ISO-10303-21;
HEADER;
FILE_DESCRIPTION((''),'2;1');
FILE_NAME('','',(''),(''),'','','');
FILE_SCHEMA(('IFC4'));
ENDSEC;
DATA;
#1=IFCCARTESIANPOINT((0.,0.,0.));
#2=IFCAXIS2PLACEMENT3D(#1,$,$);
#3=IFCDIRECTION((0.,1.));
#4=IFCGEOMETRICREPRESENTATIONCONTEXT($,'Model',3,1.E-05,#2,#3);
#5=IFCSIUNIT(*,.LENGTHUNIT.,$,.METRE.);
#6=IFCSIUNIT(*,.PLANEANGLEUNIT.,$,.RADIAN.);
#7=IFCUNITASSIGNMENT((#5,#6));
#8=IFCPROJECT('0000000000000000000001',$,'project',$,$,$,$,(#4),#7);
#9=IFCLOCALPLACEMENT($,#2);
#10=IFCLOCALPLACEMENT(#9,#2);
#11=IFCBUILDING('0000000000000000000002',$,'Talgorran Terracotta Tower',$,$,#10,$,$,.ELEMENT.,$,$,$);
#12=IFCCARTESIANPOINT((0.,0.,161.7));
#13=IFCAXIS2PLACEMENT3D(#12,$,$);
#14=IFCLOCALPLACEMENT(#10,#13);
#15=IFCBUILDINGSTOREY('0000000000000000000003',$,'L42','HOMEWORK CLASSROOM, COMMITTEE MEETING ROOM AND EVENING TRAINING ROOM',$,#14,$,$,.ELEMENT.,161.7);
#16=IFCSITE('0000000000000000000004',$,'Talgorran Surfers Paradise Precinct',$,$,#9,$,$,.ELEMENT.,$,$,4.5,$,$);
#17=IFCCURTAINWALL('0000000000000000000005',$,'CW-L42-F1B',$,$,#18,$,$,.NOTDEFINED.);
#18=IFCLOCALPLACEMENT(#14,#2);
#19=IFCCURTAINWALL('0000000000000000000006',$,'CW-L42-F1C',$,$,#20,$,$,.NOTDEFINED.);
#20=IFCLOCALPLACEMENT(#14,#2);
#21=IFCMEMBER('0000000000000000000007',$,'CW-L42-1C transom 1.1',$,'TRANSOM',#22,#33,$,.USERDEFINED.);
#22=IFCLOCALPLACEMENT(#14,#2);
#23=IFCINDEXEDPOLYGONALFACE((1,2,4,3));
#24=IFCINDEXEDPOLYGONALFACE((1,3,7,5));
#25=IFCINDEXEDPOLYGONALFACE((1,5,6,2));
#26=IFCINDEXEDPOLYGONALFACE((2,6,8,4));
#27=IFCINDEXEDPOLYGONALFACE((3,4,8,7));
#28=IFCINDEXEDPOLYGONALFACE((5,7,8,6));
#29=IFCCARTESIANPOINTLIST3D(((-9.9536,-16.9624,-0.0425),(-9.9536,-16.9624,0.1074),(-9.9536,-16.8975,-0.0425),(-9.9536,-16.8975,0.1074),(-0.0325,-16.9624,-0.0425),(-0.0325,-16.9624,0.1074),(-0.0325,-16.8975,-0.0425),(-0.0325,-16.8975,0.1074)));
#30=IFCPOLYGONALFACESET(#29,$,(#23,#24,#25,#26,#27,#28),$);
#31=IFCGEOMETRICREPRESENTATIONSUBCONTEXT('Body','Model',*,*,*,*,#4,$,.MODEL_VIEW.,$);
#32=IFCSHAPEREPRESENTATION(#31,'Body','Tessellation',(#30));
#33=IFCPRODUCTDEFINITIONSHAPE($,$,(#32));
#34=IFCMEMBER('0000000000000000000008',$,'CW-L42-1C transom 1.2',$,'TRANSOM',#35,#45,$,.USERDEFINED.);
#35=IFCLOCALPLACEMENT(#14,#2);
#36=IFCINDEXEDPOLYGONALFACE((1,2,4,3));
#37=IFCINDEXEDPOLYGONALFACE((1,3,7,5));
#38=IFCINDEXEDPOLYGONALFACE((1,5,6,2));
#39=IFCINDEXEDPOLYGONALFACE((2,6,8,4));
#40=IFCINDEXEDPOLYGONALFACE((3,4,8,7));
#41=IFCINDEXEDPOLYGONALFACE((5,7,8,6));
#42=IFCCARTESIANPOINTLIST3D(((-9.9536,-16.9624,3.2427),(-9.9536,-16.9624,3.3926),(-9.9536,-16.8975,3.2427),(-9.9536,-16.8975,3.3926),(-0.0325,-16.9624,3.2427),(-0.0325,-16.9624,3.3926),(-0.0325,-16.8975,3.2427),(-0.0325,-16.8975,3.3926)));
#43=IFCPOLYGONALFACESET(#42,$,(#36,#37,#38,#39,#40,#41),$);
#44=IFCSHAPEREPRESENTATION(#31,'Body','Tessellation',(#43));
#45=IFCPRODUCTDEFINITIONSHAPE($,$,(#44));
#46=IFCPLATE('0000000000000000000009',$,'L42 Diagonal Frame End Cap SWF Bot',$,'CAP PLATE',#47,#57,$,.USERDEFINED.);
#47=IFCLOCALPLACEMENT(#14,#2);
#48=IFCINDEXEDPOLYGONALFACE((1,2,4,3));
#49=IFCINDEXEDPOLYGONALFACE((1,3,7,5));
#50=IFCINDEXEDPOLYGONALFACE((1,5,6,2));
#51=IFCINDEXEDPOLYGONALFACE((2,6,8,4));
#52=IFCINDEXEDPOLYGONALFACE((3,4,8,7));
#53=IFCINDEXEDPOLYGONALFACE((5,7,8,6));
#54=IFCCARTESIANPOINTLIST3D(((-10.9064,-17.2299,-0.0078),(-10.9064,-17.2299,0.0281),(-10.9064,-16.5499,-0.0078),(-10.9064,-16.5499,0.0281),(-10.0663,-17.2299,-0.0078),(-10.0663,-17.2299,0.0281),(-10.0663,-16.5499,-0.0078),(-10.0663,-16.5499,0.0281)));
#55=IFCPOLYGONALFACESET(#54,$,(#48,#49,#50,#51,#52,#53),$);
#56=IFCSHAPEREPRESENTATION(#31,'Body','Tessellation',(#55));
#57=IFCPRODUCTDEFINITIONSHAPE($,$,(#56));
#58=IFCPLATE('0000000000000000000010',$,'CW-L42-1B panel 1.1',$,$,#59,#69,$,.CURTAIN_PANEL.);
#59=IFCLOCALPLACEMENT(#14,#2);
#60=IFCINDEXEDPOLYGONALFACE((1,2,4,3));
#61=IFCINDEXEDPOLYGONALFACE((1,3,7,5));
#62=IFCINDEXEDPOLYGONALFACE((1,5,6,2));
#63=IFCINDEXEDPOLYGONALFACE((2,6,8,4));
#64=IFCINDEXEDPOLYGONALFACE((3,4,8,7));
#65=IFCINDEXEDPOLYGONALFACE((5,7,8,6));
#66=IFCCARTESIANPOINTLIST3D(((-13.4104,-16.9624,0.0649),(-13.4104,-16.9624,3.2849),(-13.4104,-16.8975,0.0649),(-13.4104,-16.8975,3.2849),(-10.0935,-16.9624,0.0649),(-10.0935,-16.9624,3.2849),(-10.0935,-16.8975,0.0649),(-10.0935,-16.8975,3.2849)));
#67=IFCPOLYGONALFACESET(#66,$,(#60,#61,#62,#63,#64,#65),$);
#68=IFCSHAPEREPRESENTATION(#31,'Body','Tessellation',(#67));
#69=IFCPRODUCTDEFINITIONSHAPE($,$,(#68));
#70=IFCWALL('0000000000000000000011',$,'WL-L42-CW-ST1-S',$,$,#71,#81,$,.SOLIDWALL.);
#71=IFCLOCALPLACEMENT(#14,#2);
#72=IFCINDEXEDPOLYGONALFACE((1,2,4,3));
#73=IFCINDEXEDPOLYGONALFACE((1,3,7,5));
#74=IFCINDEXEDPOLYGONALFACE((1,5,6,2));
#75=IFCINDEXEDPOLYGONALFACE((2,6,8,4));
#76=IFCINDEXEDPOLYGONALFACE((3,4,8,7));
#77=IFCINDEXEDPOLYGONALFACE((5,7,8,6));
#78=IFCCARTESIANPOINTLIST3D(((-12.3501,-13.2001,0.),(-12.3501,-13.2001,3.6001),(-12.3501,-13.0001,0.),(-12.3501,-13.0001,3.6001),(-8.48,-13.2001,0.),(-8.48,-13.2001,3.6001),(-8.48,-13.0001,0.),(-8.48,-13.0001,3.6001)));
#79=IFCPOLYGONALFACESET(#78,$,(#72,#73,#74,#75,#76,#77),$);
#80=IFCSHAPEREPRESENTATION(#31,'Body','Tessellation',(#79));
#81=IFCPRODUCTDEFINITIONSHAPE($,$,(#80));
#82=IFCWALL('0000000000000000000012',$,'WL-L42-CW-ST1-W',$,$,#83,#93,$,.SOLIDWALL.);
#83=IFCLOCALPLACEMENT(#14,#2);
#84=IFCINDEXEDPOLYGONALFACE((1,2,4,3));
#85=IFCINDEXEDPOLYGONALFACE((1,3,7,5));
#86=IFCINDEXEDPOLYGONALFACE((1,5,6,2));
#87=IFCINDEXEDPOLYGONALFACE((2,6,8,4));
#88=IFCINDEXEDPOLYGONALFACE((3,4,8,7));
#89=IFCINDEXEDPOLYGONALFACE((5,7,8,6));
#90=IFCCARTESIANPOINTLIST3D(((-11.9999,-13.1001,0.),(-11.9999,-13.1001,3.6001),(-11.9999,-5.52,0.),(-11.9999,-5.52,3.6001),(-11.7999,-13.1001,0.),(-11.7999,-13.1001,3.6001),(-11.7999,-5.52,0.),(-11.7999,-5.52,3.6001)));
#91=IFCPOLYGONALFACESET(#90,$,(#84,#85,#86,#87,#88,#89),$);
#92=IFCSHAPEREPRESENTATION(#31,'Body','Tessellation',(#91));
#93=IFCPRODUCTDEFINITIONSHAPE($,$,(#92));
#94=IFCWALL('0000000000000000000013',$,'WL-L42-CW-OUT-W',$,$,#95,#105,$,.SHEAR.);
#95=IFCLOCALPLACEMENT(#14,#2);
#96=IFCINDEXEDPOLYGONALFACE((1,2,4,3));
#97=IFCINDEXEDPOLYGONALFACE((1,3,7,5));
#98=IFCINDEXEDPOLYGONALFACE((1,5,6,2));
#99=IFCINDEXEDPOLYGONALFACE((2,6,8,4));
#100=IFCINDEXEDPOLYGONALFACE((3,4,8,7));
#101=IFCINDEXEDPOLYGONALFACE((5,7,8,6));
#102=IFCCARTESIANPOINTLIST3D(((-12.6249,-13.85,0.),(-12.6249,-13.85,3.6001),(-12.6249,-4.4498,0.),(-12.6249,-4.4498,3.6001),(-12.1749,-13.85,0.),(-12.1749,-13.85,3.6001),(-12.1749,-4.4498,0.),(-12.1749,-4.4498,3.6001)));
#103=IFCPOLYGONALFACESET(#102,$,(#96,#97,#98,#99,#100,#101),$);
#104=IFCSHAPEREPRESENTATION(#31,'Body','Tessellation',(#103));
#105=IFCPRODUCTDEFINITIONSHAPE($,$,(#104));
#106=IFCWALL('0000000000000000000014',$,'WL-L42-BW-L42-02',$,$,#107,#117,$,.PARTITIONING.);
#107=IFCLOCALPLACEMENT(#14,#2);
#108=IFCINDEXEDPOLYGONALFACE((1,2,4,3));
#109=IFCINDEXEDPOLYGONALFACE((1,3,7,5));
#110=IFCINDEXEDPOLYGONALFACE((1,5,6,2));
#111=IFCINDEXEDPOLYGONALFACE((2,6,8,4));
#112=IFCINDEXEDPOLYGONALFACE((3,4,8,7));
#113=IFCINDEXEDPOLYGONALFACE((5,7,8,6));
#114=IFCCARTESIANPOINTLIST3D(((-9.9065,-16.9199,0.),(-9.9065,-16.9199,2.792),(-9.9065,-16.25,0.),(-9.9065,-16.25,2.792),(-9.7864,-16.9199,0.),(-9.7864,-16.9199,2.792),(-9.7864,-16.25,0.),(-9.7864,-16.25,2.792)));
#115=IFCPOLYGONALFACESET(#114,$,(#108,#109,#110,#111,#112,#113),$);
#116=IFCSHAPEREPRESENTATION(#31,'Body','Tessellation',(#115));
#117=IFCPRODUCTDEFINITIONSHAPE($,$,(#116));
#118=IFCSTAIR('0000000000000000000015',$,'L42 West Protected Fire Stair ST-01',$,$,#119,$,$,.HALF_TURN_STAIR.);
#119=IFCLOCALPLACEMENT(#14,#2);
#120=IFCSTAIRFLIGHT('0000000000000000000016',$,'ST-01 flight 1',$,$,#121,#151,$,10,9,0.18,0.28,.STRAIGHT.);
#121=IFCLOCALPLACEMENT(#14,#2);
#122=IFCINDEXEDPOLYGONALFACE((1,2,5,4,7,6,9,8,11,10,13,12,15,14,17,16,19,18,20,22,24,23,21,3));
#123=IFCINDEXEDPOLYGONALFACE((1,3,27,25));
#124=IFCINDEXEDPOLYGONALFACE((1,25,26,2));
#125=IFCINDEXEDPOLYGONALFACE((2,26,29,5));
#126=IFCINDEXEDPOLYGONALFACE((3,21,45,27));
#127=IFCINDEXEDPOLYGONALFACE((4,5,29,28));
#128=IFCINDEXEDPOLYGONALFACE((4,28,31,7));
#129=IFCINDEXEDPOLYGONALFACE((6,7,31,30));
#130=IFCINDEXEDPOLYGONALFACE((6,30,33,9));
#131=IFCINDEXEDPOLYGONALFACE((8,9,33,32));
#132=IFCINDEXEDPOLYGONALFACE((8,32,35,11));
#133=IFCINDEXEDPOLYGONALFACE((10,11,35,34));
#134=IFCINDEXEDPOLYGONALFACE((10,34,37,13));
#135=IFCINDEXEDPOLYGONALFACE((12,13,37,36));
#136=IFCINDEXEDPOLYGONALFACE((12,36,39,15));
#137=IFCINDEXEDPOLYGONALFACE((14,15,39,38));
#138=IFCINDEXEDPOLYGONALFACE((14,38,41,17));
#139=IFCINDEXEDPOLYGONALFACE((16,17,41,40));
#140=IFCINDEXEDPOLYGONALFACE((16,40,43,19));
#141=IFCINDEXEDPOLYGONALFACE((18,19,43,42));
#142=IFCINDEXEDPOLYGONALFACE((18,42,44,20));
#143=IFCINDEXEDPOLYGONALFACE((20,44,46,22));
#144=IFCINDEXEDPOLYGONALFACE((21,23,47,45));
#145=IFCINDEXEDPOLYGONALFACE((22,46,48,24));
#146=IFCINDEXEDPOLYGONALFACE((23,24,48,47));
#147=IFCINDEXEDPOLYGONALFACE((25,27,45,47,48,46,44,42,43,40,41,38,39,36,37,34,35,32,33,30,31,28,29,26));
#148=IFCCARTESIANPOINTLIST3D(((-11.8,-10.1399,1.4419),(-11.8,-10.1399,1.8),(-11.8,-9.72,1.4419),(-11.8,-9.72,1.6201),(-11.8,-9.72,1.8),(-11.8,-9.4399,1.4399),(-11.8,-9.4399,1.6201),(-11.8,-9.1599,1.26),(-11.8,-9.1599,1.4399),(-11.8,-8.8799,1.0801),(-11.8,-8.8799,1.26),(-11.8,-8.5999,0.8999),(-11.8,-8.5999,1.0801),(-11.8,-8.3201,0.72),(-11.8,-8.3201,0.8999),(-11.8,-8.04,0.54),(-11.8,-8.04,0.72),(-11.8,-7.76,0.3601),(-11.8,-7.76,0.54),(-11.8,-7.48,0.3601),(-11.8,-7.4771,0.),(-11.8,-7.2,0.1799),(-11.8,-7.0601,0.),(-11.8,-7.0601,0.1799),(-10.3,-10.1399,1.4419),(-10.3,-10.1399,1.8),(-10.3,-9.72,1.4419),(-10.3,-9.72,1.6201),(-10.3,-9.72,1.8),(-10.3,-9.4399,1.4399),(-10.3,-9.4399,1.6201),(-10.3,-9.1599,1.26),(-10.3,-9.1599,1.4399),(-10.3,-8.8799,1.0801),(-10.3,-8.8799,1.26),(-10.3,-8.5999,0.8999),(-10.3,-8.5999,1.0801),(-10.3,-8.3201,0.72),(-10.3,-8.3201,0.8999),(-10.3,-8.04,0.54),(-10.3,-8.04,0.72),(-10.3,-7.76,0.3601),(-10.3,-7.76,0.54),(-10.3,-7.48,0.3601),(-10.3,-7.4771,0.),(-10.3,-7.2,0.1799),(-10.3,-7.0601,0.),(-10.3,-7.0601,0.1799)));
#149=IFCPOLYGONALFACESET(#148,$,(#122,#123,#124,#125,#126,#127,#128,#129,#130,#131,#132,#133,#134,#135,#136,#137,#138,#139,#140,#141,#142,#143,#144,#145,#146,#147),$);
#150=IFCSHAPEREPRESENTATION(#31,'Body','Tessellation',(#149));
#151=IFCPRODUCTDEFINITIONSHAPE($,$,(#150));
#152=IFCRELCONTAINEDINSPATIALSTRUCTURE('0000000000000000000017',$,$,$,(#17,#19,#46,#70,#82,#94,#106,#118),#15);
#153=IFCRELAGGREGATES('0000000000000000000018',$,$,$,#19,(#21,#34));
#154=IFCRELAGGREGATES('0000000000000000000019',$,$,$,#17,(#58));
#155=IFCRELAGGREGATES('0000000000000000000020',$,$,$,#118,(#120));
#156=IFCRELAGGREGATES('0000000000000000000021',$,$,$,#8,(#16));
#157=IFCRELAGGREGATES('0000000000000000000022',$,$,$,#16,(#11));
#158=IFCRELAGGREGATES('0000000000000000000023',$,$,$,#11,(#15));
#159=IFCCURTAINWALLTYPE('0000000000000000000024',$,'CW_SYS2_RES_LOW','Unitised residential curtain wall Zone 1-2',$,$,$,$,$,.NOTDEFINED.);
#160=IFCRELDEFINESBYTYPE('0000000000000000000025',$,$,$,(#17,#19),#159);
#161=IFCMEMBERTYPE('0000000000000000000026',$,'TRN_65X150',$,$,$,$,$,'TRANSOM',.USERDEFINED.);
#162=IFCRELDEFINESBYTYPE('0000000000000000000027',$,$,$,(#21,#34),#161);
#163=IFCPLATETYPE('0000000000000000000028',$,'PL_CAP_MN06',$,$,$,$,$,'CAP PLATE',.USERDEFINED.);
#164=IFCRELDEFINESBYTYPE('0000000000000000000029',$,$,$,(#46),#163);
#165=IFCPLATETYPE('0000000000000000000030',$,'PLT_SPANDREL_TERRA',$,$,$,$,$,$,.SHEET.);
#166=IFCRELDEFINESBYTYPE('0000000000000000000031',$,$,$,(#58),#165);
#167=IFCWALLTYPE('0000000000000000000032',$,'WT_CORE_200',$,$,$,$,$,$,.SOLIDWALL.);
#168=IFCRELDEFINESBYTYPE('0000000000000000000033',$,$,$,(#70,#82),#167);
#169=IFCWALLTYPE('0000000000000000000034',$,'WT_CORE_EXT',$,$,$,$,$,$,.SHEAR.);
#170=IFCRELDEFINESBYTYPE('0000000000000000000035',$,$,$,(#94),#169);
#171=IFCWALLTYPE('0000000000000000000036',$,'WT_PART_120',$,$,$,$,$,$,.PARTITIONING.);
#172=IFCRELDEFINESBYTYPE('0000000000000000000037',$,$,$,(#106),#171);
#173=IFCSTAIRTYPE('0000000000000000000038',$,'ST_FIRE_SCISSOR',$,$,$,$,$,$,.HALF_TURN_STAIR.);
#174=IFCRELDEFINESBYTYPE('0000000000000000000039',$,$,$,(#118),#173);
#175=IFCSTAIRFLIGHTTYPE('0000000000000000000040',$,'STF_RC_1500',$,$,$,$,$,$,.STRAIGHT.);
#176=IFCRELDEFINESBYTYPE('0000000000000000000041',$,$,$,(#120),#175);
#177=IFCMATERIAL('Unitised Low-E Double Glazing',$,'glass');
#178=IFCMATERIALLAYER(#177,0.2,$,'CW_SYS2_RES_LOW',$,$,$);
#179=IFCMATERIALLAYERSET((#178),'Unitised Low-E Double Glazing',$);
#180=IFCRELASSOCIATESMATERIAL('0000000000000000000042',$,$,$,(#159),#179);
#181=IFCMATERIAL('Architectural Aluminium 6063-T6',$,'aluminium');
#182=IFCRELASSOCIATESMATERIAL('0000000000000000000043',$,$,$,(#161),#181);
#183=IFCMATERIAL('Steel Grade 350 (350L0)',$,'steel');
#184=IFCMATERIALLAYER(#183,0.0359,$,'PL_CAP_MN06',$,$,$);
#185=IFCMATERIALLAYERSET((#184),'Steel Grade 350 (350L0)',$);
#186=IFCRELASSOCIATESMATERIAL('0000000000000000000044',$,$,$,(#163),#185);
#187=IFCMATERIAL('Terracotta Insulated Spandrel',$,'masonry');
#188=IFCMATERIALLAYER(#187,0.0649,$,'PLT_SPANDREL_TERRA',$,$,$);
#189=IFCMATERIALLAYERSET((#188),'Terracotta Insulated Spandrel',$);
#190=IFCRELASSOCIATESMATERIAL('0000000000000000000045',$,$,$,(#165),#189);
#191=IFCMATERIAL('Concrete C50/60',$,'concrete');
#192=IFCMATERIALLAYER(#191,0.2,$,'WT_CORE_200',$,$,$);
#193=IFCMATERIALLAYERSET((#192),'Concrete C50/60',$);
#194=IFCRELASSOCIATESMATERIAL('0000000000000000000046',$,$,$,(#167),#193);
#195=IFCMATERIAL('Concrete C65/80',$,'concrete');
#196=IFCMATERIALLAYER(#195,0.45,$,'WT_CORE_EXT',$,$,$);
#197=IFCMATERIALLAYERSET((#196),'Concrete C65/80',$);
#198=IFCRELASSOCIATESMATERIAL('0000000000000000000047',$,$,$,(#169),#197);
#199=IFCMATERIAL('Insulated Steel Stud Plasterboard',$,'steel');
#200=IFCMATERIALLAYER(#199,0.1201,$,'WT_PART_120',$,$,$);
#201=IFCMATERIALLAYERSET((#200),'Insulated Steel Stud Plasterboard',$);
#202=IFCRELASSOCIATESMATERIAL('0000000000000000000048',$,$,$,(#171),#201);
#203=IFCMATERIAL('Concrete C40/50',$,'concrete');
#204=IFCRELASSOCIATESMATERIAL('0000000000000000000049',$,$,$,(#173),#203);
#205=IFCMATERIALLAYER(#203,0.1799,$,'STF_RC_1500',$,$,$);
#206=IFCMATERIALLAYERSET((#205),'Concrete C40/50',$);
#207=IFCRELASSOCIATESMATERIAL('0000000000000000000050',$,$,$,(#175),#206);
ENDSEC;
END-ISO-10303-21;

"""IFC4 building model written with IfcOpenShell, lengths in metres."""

from ifc_helpers import new_model, si_unit, direction, frame, frame_2d, origin, origin_2d, place, context, subcontext, project, spatial, polyline, rectangle, outline, extrude, source, transform, mapped, material, layer, layer_set, material_profile, profile_set, type_object, type_shapes, element, aggregate, save


model = new_model("IFC4")

# Units and contexts
model_context = context("Model", 3, precision=1e-05, world=origin(), true_north=direction((0.0, 1.0)))
body_context = subcontext(model_context, "Body", "Model", "MODEL_VIEW")
ifc_project = project(units=[si_unit("LENGTHUNIT", "METRE"), si_unit("PLANEANGLEUNIT", "RADIAN")], contexts=[model_context])

# Site, building, storey
site_placement = place(None, origin())
site = spatial("IfcSite", under=ifc_project, at=site_placement, Name="Talgorran Surfers Paradise Precinct", CompositionType="ELEMENT", RefElevation=4.5)
building_placement = place(site_placement, origin())
building = spatial("IfcBuilding", under=site, at=building_placement, Name="Talgorran Terracotta Tower", CompositionType="ELEMENT")
storey_placement = place(building_placement, frame((0.0, 0.0, 161.7)))
storey = spatial("IfcBuildingStorey", under=building, at=storey_placement, Name="L42", Description="HOMEWORK CLASSROOM, COMMITTEE MEETING ROOM AND EVENING TRAINING ROOM", CompositionType="ELEMENT", Elevation=161.7)

# Shared definitions
ifc_material_1 = material(Name="Steel Grade 350 (350L0)", Category="steel")

# Curtain wall
ifc_material_2 = material(Name="Unitised Low-E Double Glazing", Category="glass")
ifc_layer_1 = layer(ifc_material_2, 0.2, Name="CW_SYS2_RES_LOW")
ifc_layer_set_1 = layer_set([ifc_layer_1], Name="Unitised Low-E Double Glazing")
curtain_wall_type = type_object("IfcCurtainWallType", Name="CW_SYS2_RES_LOW", Description="Unitised residential curtain wall Zone 1-2", PredefinedType="NOTDEFINED", material=ifc_layer_set_1)
curtain_wall_1_placement = place(storey_placement, origin())
curtain_wall_1 = element("IfcCurtainWall", 1, at=curtain_wall_1_placement, inside=storey, type_object=curtain_wall_type, Name="CW-L42-F1B", PredefinedType="NOTDEFINED")
ifc_material_3 = material(Name="Architectural Aluminium 6063-T6", Category="aluminium")

# Curtain wall, members
curtain_wall_2_placement = place(storey_placement, origin())
curtain_wall_2 = element("IfcCurtainWall", 2, at=curtain_wall_2_placement, inside=storey, type_object=curtain_wall_type, Name="CW-L42-F1C", PredefinedType="NOTDEFINED")
ifc_material_profile_1 = material_profile(ifc_material_3, rectangle(XDim=0.0649, YDim=0.1499, at=origin_2d()), Name="CWT65X150")
ifc_profile_set_1 = profile_set([ifc_material_profile_1], Name="Architectural Aluminium 6063-T6")
member_type_1 = type_object("IfcMemberType", Name="TRN_65X150", ElementType="TRANSOM", PredefinedType="USERDEFINED", material=ifc_profile_set_1)
member_1_placement = place(storey_placement, frame((-9.9536, -16.9299, 0.0325), z_axis=(1.0, 0.0, 0.0), x_axis=(0.0, 1.0, 0.0)))
member_1 = element("IfcMember", 3, at=member_1_placement, type_object=member_type_1, Name="CW-L42-1C transom 1.1", ObjectType="TRANSOM", PredefinedType="USERDEFINED", context=body_context, shape_type="SweptSolid", body=[
    extrude(rectangle(XDim=0.0649, YDim=0.1499, at=origin_2d()), origin(), (0.0, 0.0, 1.0), 9.9211),
])
member_2_placement = place(storey_placement, frame((-9.9536, -16.9299, 3.3176), z_axis=(1.0, 0.0, 0.0), x_axis=(0.0, 1.0, 0.0)))
member_2 = element("IfcMember", 4, at=member_2_placement, type_object=member_type_1, Name="CW-L42-1C transom 1.2", ObjectType="TRANSOM", PredefinedType="USERDEFINED", context=body_context, shape_type="SweptSolid", body=[
    extrude(rectangle(XDim=0.0649, YDim=0.1499, at=origin_2d()), origin(), (0.0, 0.0, 1.0), 9.9211),
])
aggregate(curtain_wall_2, [member_1, member_2])

# Plates
ifc_layer_2 = layer(ifc_material_1, 0.0359, Name="PL_CAP_MN06")
ifc_layer_set_2 = layer_set([ifc_layer_2], Name="Steel Grade 350 (350L0)")
plate_type_1 = type_object("IfcPlateType", Name="PL_CAP_MN06", ElementType="CAP PLATE", PredefinedType="USERDEFINED", material=ifc_layer_set_2)
plate_1_placement = place(storey_placement, frame((-10.4863, -16.8899, -0.0078), z_axis=(0.0, 0.0, 1.0), x_axis=(-1.0, 0.0, 0.0)))
element("IfcPlate", 5, at=plate_1_placement, inside=storey, type_object=plate_type_1, Name="L42 Diagonal Frame End Cap SWF Bot", ObjectType="CAP PLATE", PredefinedType="USERDEFINED", context=body_context, shape_type="SweptSolid", body=[
    extrude(rectangle(XDim=0.8401, YDim=0.6799, at=origin_2d()), origin(), (0.0, 0.0, 1.0), 0.0359),
])
ifc_material_4 = material(Name="Terracotta Insulated Spandrel", Category="masonry")
ifc_layer_3 = layer(ifc_material_4, 0.0649, Name="PLT_SPANDREL_TERRA")
ifc_layer_set_3 = layer_set([ifc_layer_3], Name="Terracotta Insulated Spandrel")
plate_type_2 = type_object("IfcPlateType", Name="PLT_SPANDREL_TERRA", PredefinedType="SHEET", material=ifc_layer_set_3)
shared_shape = source(origin(), body_context, "Body", "SweptSolid", [
    extrude(rectangle(XDim=3.3169, YDim=0.0649, at=origin_2d()), origin(), (0.0, 0.0, 1.0), 3.22),
])
type_shapes(plate_type_2, [shared_shape])
plate_2_placement = place(storey_placement, frame((-11.752, -16.9299, 0.0649), z_axis=(0.0, 0.0, 1.0), x_axis=(1.0, 0.0, 0.0)))
plate_2 = element("IfcPlate", 6, at=plate_2_placement, type_object=plate_type_2, Name="CW-L42-1B panel 1.1", PredefinedType="CURTAIN_PANEL", context=body_context, shape_type="MappedRepresentation", body=[
    mapped(shared_shape, transform((0.0, 0.0, 0.0), scale=1.0)),
])
aggregate(curtain_wall_1, [plate_2])

# Walls
ifc_material_5 = material(Name="Concrete C50/60", Category="concrete")
ifc_layer_4 = layer(ifc_material_5, 0.2, Name="WT_CORE_200")
ifc_layer_set_4 = layer_set([ifc_layer_4], Name="Concrete C50/60")
wall_type_1 = type_object("IfcWallType", Name="WT_CORE_200", PredefinedType="SOLIDWALL", material=ifc_layer_set_4)
wall_1_placement = place(storey_placement, frame((-12.3501, -13.1001, 0.0), z_axis=(0.0, 0.0, 1.0), x_axis=(1.0, 0.0, 0.0)))
element("IfcWall", 7, at=wall_1_placement, inside=storey, type_object=wall_type_1, Name="WL-L42-CW-ST1-S", PredefinedType="SOLIDWALL", context=body_context, shape_type="SweptSolid", body=[
    extrude(rectangle(XDim=3.8701, YDim=0.2, at=frame_2d((1.9351, 0.0))), origin(), (0.0, 0.0, 1.0), 3.6001),
])
wall_2_placement = place(storey_placement, frame((-11.8999, -13.1001, 0.0), z_axis=(0.0, 0.0, 1.0), x_axis=(0.0, 1.0, 0.0)))
element("IfcWall", 8, at=wall_2_placement, inside=storey, type_object=wall_type_1, Name="WL-L42-CW-ST1-W", PredefinedType="SOLIDWALL", context=body_context, shape_type="SweptSolid", body=[
    extrude(rectangle(XDim=7.5801, YDim=0.2, at=frame_2d((3.79, 0.0))), origin(), (0.0, 0.0, 1.0), 3.6001),
])
ifc_material_6 = material(Name="Concrete C65/80", Category="concrete")
ifc_layer_5 = layer(ifc_material_6, 0.45, Name="WT_CORE_EXT")
ifc_layer_set_5 = layer_set([ifc_layer_5], Name="Concrete C65/80")
wall_type_2 = type_object("IfcWallType", Name="WT_CORE_EXT", PredefinedType="SHEAR", material=ifc_layer_set_5)
wall_3_placement = place(storey_placement, frame((-12.3999, -13.8501, 0.0), z_axis=(0.0, 0.0, 1.0), x_axis=(0.0, 1.0, 0.0)))
element("IfcWall", 9, at=wall_3_placement, inside=storey, type_object=wall_type_2, Name="WL-L42-CW-OUT-W", PredefinedType="SHEAR", context=body_context, shape_type="SweptSolid", body=[
    extrude(rectangle(XDim=9.4001, YDim=0.45, at=frame_2d((4.7002, 0.0))), origin(), (0.0, 0.0, 1.0), 3.6001),
])
ifc_material_7 = material(Name="Insulated Steel Stud Plasterboard", Category="steel")
ifc_layer_6 = layer(ifc_material_7, 0.1201, Name="WT_PART_120")
ifc_layer_set_6 = layer_set([ifc_layer_6], Name="Insulated Steel Stud Plasterboard")
wall_type_3 = type_object("IfcWallType", Name="WT_PART_120", PredefinedType="PARTITIONING", material=ifc_layer_set_6)
wall_4_placement = place(storey_placement, frame((-9.8464, -16.25, 0.0), z_axis=(0.0, 0.0, 1.0), x_axis=(0.0, -1.0, 0.0)))
element("IfcWall", 10, at=wall_4_placement, inside=storey, type_object=wall_type_3, Name="WL-L42-BW-L42-02", PredefinedType="PARTITIONING", context=body_context, shape_type="SweptSolid", body=[
    extrude(rectangle(XDim=0.6699, YDim=0.1201, at=frame_2d((0.335, 0.0))), origin(), (0.0, 0.0, 1.0), 2.792),
])

# Stair, stair flight
ifc_material_8 = material(Name="Concrete C40/50", Category="concrete")
stair_type = type_object("IfcStairType", Name="ST_FIRE_SCISSOR", PredefinedType="HALF_TURN_STAIR", material=ifc_material_8)
stair_placement = place(storey_placement, origin())
stair = element("IfcStair", 11, at=stair_placement, inside=storey, type_object=stair_type, Name="L42 West Protected Fire Stair ST-01", PredefinedType="HALF_TURN_STAIR")
ifc_layer_7 = layer(ifc_material_8, 0.1799, Name="STF_RC_1500")
ifc_layer_set_7 = layer_set([ifc_layer_7], Name="Concrete C40/50")
stair_flight_type = type_object("IfcStairFlightType", Name="STF_RC_1500", PredefinedType="STRAIGHT", material=ifc_layer_set_7)
stair_flight_placement = place(storey_placement, frame((-11.05, -7.2, 0.0), z_axis=(0.0, 0.0, 1.0), x_axis=(0.0, -1.0, 0.0)))
stair_flight = element("IfcStairFlight", 12, at=stair_flight_placement, type_object=stair_flight_type, Name="ST-01 flight 1", NumberOfRisers=10, NumberOfTreads=9, PredefinedType="STRAIGHT", RiserHeight=0.18, TreadLength=0.28, context=body_context, shape_type="SweptSolid", body=[
    extrude(outline(polyline([(-0.1399, 0.0), (-0.1399, 0.1799), (0.0, 0.1799), (0.28, 0.3601), (0.5601, 0.3601), (0.5601, 0.54), (0.8401, 0.54), (0.8401, 0.72), (1.1201, 0.72), (1.1201, 0.8999), (1.3999, 0.8999), (1.3999, 1.0801), (1.6799, 1.0801), (1.6799, 1.26), (1.96, 1.26), (1.96, 1.4399), (2.24, 1.4399), (2.24, 1.6201), (2.52, 1.6201), (2.52, 1.8), (2.9399, 1.8), (2.9399, 1.4419), (2.52, 1.4419), (0.2771, 0.0), (-0.1399, 0.0)])), frame((0.0, 0.75, 0.0), z_axis=(0.0, -1.0, 0.0), x_axis=(1.0, 0.0, 0.0)), (0.0, 0.0, 1.0), 1.5),
])
aggregate(stair, [stair_flight])

save(model, "model.ifc")
